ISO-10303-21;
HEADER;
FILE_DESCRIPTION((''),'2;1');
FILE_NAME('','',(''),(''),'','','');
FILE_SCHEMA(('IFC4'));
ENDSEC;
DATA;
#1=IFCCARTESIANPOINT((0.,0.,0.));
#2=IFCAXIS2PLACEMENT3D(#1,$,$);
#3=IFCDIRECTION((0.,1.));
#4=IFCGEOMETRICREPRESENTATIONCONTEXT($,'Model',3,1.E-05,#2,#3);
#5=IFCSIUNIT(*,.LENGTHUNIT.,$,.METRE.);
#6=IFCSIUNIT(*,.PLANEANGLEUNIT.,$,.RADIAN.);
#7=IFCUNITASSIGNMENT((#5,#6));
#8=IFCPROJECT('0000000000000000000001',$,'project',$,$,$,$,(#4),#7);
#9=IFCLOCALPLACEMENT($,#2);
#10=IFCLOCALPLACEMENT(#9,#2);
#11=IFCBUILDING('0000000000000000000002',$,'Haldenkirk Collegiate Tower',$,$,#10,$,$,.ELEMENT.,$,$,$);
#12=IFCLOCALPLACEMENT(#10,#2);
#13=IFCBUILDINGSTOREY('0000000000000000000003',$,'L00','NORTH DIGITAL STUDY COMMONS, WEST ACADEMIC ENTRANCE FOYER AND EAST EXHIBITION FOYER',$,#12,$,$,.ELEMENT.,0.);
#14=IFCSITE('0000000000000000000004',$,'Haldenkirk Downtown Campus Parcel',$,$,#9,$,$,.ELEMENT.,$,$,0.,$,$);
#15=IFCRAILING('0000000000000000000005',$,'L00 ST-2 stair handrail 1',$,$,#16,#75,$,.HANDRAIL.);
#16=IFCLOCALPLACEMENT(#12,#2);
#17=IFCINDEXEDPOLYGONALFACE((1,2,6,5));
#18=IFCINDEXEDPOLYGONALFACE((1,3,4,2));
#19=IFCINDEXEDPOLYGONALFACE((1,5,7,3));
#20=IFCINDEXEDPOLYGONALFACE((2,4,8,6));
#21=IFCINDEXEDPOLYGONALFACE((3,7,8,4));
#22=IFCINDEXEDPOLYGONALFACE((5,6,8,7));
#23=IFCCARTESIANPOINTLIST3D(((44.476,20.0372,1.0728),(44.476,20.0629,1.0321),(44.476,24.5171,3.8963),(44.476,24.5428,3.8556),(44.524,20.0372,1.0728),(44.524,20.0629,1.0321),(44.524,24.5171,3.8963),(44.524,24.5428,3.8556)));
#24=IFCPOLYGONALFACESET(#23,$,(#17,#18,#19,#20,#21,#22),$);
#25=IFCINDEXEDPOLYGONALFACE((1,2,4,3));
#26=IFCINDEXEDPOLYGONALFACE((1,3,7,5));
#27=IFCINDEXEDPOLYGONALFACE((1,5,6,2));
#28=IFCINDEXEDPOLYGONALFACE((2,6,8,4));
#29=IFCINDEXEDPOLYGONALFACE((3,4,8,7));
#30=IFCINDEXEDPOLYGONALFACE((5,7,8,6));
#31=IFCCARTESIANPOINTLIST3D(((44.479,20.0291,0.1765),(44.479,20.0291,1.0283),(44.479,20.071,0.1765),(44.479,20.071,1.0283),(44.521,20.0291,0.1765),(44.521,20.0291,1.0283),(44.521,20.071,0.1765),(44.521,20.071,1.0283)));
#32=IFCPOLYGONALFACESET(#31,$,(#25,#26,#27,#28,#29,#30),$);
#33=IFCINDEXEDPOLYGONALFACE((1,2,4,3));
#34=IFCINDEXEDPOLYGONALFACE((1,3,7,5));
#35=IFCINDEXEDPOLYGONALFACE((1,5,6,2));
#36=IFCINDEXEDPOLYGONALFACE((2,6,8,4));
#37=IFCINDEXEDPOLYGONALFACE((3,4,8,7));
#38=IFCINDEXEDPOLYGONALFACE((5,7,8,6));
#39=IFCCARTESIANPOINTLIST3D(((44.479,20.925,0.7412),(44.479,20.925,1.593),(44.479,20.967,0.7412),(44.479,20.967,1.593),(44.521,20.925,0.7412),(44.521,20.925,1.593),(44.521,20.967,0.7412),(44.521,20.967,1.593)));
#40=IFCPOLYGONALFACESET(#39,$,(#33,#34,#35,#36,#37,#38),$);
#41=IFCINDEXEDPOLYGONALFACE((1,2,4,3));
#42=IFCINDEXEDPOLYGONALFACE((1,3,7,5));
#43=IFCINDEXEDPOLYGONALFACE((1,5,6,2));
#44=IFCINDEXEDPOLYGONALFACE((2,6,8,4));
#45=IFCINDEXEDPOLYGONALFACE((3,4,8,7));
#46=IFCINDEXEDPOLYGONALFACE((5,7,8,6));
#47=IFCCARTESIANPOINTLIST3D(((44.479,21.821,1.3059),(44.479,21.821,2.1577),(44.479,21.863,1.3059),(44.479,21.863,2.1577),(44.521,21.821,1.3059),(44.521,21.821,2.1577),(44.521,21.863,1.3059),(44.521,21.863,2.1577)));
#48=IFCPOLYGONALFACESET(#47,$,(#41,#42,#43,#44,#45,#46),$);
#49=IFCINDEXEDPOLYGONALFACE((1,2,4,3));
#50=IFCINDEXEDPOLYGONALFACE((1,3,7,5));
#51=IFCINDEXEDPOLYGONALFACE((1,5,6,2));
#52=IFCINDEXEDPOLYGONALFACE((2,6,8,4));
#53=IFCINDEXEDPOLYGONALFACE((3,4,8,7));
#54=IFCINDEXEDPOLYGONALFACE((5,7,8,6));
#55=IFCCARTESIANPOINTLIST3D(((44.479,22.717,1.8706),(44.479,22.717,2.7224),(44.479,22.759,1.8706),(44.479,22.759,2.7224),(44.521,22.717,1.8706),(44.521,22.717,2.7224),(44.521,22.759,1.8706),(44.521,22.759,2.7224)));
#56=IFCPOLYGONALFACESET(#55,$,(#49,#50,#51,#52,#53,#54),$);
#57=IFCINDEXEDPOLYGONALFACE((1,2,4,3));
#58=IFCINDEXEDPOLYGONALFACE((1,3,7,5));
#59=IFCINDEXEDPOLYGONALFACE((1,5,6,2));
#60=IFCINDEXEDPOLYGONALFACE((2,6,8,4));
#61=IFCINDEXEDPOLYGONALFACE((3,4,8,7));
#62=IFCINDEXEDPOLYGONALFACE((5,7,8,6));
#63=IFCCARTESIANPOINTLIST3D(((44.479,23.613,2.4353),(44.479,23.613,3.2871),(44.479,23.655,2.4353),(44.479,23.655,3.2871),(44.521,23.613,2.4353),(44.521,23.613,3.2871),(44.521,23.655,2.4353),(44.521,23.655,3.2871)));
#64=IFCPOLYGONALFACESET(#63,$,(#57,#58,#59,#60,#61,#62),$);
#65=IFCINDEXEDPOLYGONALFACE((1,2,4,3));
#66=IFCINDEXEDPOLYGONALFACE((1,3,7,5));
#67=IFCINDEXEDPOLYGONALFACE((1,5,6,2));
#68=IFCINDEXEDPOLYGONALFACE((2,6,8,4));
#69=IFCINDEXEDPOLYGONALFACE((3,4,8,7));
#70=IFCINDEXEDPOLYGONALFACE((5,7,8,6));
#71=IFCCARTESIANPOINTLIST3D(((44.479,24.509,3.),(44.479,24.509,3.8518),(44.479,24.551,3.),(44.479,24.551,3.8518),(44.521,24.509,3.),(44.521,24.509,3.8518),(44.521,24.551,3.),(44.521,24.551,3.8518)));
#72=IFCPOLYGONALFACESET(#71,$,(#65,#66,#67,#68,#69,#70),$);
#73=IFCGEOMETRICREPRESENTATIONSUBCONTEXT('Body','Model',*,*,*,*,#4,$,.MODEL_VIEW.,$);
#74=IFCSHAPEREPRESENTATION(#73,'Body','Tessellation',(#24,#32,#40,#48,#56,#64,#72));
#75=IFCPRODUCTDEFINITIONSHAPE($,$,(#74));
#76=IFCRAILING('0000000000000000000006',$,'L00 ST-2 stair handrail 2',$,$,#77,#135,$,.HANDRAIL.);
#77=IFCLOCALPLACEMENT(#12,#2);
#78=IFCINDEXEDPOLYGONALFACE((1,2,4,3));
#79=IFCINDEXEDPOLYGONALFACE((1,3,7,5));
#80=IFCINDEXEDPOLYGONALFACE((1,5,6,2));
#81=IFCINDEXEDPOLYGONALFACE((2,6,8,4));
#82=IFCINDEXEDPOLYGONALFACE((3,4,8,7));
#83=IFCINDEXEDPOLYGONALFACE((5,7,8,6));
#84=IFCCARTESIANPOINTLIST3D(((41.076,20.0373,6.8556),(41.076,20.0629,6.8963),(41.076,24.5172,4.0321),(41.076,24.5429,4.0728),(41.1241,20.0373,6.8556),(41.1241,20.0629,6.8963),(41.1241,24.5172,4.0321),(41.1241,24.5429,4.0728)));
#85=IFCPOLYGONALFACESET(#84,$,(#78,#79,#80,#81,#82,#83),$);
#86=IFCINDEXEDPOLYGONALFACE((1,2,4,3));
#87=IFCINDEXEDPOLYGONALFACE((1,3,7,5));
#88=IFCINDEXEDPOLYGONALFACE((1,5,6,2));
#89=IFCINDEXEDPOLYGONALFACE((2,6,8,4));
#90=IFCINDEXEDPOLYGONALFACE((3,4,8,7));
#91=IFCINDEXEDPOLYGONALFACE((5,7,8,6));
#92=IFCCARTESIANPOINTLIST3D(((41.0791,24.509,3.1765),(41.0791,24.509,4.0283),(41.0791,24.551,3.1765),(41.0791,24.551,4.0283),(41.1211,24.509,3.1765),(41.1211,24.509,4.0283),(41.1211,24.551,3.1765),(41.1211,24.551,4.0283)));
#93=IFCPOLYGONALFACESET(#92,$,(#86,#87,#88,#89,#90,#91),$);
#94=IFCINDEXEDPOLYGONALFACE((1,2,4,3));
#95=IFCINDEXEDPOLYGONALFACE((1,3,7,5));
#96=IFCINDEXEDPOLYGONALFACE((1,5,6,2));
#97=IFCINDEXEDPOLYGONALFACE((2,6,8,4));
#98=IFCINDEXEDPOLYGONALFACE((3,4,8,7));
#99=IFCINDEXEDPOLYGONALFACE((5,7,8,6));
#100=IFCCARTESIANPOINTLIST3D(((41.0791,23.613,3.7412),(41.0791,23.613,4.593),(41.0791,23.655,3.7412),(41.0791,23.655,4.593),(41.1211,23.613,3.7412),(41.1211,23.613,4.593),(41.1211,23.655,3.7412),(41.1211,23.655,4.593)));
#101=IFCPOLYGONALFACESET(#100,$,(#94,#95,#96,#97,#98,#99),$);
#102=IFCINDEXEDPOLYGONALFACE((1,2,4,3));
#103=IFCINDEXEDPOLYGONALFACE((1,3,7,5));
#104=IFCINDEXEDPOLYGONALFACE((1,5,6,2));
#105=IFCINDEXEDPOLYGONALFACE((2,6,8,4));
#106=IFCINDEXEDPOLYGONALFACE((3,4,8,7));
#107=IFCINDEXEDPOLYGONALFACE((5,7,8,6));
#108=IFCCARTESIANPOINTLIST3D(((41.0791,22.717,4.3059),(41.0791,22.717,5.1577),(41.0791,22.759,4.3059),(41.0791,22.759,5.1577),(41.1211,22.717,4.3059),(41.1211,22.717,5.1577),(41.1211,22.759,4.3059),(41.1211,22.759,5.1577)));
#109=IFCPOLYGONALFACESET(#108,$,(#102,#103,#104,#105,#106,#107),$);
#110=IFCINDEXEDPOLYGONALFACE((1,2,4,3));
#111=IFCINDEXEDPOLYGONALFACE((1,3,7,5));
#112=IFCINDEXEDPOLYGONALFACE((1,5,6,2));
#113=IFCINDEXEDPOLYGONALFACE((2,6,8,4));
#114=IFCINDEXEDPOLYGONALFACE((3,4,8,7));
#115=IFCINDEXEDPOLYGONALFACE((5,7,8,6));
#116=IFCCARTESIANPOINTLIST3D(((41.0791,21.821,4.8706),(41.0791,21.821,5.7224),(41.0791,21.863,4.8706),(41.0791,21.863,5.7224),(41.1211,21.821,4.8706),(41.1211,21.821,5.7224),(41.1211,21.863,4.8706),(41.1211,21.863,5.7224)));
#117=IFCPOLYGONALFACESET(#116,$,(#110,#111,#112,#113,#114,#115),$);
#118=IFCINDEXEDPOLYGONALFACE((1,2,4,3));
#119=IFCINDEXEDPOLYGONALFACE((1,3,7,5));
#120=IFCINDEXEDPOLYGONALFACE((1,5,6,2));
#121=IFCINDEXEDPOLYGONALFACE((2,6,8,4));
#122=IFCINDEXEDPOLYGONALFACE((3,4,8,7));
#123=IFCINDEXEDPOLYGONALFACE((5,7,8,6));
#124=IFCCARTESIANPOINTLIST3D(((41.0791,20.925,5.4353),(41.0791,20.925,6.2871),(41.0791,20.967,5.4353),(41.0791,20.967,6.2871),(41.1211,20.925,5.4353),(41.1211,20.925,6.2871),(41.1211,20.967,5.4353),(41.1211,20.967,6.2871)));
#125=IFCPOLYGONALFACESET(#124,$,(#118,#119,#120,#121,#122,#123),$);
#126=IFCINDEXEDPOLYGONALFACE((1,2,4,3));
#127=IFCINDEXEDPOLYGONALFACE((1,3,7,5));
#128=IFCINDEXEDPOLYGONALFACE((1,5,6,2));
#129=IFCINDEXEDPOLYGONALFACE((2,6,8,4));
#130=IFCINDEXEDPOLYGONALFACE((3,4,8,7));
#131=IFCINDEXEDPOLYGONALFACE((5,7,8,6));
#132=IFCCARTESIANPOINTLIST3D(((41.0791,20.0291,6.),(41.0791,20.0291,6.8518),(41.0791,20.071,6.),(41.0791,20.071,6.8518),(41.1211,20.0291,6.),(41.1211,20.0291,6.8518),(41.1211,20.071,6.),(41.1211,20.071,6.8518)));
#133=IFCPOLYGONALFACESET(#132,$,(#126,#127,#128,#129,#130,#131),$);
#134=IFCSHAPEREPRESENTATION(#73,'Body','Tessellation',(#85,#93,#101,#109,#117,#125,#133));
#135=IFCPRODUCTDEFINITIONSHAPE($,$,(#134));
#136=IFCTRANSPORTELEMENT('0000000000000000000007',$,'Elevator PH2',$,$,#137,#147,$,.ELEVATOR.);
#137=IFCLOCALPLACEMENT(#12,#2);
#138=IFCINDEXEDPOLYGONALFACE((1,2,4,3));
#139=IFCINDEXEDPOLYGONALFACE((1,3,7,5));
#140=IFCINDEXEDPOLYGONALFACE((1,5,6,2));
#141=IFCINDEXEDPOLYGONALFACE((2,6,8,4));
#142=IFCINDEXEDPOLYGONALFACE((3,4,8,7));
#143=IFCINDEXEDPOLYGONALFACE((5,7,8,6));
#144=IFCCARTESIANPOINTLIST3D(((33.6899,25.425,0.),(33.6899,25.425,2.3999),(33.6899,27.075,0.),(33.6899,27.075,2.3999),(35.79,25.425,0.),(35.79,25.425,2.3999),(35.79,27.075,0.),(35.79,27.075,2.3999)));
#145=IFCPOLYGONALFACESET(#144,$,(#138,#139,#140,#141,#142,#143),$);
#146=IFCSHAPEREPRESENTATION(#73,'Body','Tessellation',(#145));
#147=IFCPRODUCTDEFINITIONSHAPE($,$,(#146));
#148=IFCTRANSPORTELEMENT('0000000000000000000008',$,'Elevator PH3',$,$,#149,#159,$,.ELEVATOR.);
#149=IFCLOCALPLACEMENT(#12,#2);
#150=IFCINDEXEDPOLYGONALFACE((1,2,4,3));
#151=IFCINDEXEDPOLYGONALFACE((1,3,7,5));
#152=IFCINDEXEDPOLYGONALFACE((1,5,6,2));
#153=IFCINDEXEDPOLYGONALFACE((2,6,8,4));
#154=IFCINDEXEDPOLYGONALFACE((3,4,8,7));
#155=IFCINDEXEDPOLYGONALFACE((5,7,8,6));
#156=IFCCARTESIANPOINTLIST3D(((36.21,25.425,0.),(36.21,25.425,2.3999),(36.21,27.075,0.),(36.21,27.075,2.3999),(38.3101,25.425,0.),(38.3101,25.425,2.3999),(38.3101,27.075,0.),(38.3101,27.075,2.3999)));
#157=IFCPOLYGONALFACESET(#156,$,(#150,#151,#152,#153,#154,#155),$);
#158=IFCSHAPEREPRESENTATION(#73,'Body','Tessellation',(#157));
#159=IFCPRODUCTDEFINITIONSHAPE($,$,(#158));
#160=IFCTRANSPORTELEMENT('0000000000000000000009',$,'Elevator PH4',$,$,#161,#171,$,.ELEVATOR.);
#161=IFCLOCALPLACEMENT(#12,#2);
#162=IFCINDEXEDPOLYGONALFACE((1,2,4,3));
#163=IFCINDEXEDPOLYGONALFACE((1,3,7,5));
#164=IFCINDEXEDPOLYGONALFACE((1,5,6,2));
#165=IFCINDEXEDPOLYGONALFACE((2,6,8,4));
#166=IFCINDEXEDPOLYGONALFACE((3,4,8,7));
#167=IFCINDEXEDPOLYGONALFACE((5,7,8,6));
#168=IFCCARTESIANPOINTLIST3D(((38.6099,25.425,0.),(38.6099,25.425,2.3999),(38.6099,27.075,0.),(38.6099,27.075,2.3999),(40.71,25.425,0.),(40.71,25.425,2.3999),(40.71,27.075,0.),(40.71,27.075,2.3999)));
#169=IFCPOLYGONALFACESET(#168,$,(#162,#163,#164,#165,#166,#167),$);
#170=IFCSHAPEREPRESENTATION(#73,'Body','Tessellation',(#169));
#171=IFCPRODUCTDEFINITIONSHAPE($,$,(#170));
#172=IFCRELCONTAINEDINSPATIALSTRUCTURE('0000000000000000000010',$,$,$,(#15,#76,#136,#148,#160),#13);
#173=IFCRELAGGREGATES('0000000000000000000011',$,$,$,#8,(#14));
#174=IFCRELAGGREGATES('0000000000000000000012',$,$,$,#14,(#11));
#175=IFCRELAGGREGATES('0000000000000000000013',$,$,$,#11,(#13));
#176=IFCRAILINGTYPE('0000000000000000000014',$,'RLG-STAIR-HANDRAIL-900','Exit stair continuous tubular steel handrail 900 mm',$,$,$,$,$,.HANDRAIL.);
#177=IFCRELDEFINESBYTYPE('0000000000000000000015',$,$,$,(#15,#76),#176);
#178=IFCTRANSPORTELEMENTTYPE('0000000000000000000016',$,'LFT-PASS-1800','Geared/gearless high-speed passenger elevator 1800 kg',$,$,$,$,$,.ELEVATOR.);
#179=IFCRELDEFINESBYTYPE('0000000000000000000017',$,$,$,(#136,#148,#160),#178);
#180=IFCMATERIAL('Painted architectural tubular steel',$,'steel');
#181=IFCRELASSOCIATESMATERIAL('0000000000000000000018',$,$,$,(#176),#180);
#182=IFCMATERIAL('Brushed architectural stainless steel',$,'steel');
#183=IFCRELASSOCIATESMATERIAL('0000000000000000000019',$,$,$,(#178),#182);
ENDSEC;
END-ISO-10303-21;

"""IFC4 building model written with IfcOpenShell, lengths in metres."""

from ifc_helpers import new_model, si_unit, direction, frame, origin, origin_2d, place, context, subcontext, project, spatial, rectangle, extrude, material, type_object, element, save


model = new_model("IFC4")

# Units and contexts
model_context = context("Model", 3, precision=1e-05, world=origin(), true_north=direction((0.0, 1.0)))
body_context = subcontext(model_context, "Body", "Model", "MODEL_VIEW")
ifc_project = project(units=[si_unit("LENGTHUNIT", "METRE"), si_unit("PLANEANGLEUNIT", "RADIAN")], contexts=[model_context])

# Site, building, storey
site_placement = place(None, origin())
site = spatial("IfcSite", under=ifc_project, at=site_placement, Name="Haldenkirk Downtown Campus Parcel", CompositionType="ELEMENT", RefElevation=0.0)
building_placement = place(site_placement, origin())
building = spatial("IfcBuilding", under=site, at=building_placement, Name="Haldenkirk Collegiate Tower", CompositionType="ELEMENT")
storey_placement = place(building_placement, origin())
storey = spatial("IfcBuildingStorey", under=building, at=storey_placement, Name="L00", Description="NORTH DIGITAL STUDY COMMONS, WEST ACADEMIC ENTRANCE FOYER AND EAST EXHIBITION FOYER", CompositionType="ELEMENT", Elevation=0.0)

# Shared definitions
ifc_material_1 = material(Name="Brushed architectural stainless steel", Category="steel")

# Railings
ifc_material_2 = material(Name="Painted architectural tubular steel", Category="steel")
railing_type_1 = type_object("IfcRailingType", Name="RLG-STAIR-HANDRAIL-900", Description="Exit stair continuous tubular steel handrail 900 mm", PredefinedType="HANDRAIL", material=ifc_material_2)
railing_1_placement = place(storey_placement, frame((44.5, 20.05, 0.1765)))
element("IfcRailing", 1, at=railing_1_placement, inside=storey, type_object=railing_type_1, Name="L00 ST-2 stair handrail 1", PredefinedType="HANDRAIL", context=body_context, shape_type="SweptSolid", body=[
    extrude(rectangle(XDim=0.0481, YDim=0.0481, at=origin_2d()), frame((0.0, 0.0, 0.876), z_axis=(0.0, 0.845998, 0.533186), x_axis=(-1.0, 0.0, 0.0)), (0.0, 0.0, 1.0), 5.2954),
    extrude(rectangle(XDim=0.042, YDim=0.042, at=origin_2d()), origin(), (0.0, 0.0, 1.0), 0.8518),
    extrude(rectangle(XDim=0.042, YDim=0.042, at=origin_2d()), frame((0.0, 0.896, 0.5647)), (0.0, 0.0, 1.0), 0.8518),
    extrude(rectangle(XDim=0.042, YDim=0.042, at=origin_2d()), frame((0.0, 1.792, 1.1294)), (0.0, 0.0, 1.0), 0.8518),
    extrude(rectangle(XDim=0.042, YDim=0.042, at=origin_2d()), frame((0.0, 2.688, 1.6941)), (0.0, 0.0, 1.0), 0.8518),
    extrude(rectangle(XDim=0.042, YDim=0.042, at=origin_2d()), frame((0.0, 3.584, 2.2588)), (0.0, 0.0, 1.0), 0.8518),
    extrude(rectangle(XDim=0.042, YDim=0.042, at=origin_2d()), frame((0.0, 4.48, 2.8235)), (0.0, 0.0, 1.0), 0.8518),
])
railing_2_placement = place(storey_placement, frame((41.1001, 24.53, 3.1765)))
element("IfcRailing", 2, at=railing_2_placement, inside=storey, type_object=railing_type_1, Name="L00 ST-2 stair handrail 2", PredefinedType="HANDRAIL", context=body_context, shape_type="SweptSolid", body=[
    extrude(rectangle(XDim=0.0481, YDim=0.0481, at=origin_2d()), frame((0.0, 0.0, 0.876), z_axis=(0.0, -0.845998, 0.533186), x_axis=(1.0, 0.0, 0.0)), (0.0, 0.0, 1.0), 5.2954),
    extrude(rectangle(XDim=0.042, YDim=0.042, at=origin_2d()), origin(), (0.0, 0.0, 1.0), 0.8518),
    extrude(rectangle(XDim=0.042, YDim=0.042, at=origin_2d()), frame((0.0, -0.896, 0.5647)), (0.0, 0.0, 1.0), 0.8518),
    extrude(rectangle(XDim=0.042, YDim=0.042, at=origin_2d()), frame((0.0, -1.792, 1.1294)), (0.0, 0.0, 1.0), 0.8518),
    extrude(rectangle(XDim=0.042, YDim=0.042, at=origin_2d()), frame((0.0, -2.688, 1.6941)), (0.0, 0.0, 1.0), 0.8518),
    extrude(rectangle(XDim=0.042, YDim=0.042, at=origin_2d()), frame((0.0, -3.584, 2.2588)), (0.0, 0.0, 1.0), 0.8518),
    extrude(rectangle(XDim=0.042, YDim=0.042, at=origin_2d()), frame((0.0, -4.48, 2.8235)), (0.0, 0.0, 1.0), 0.8518),
])

# Transport elements
transport_element_type = type_object("IfcTransportElementType", Name="LFT-PASS-1800", Description="Geared/gearless high-speed passenger elevator 1800 kg", PredefinedType="ELEVATOR", material=ifc_material_1)
for number, where, z_axis, x_axis, name in (
    (3, (34.74, 26.25, 0.0), (0.0, 0.0, 1.0), (1.0, 0.0, 0.0), "Elevator PH2"),
    (4, (37.26, 26.25, 0.0), (0.0, 0.0, 1.0), (1.0, 0.0, 0.0), "Elevator PH3"),
    (5, (39.6599, 26.25, 0.0), (0.0, 0.0, 1.0), (1.0, 0.0, 0.0), "Elevator PH4"),
):
    element("IfcTransportElement", number, at=place(storey_placement, frame(where, z_axis=z_axis, x_axis=x_axis)), inside=storey, type_object=transport_element_type, Name=name, PredefinedType="ELEVATOR", context=body_context, shape_type="SweptSolid", body=[
        extrude(rectangle(XDim=2.1001, YDim=1.6499, at=origin_2d()), origin(), (0.0, 0.0, 1.0), 2.3999),
    ])

save(model, "model.ifc")
